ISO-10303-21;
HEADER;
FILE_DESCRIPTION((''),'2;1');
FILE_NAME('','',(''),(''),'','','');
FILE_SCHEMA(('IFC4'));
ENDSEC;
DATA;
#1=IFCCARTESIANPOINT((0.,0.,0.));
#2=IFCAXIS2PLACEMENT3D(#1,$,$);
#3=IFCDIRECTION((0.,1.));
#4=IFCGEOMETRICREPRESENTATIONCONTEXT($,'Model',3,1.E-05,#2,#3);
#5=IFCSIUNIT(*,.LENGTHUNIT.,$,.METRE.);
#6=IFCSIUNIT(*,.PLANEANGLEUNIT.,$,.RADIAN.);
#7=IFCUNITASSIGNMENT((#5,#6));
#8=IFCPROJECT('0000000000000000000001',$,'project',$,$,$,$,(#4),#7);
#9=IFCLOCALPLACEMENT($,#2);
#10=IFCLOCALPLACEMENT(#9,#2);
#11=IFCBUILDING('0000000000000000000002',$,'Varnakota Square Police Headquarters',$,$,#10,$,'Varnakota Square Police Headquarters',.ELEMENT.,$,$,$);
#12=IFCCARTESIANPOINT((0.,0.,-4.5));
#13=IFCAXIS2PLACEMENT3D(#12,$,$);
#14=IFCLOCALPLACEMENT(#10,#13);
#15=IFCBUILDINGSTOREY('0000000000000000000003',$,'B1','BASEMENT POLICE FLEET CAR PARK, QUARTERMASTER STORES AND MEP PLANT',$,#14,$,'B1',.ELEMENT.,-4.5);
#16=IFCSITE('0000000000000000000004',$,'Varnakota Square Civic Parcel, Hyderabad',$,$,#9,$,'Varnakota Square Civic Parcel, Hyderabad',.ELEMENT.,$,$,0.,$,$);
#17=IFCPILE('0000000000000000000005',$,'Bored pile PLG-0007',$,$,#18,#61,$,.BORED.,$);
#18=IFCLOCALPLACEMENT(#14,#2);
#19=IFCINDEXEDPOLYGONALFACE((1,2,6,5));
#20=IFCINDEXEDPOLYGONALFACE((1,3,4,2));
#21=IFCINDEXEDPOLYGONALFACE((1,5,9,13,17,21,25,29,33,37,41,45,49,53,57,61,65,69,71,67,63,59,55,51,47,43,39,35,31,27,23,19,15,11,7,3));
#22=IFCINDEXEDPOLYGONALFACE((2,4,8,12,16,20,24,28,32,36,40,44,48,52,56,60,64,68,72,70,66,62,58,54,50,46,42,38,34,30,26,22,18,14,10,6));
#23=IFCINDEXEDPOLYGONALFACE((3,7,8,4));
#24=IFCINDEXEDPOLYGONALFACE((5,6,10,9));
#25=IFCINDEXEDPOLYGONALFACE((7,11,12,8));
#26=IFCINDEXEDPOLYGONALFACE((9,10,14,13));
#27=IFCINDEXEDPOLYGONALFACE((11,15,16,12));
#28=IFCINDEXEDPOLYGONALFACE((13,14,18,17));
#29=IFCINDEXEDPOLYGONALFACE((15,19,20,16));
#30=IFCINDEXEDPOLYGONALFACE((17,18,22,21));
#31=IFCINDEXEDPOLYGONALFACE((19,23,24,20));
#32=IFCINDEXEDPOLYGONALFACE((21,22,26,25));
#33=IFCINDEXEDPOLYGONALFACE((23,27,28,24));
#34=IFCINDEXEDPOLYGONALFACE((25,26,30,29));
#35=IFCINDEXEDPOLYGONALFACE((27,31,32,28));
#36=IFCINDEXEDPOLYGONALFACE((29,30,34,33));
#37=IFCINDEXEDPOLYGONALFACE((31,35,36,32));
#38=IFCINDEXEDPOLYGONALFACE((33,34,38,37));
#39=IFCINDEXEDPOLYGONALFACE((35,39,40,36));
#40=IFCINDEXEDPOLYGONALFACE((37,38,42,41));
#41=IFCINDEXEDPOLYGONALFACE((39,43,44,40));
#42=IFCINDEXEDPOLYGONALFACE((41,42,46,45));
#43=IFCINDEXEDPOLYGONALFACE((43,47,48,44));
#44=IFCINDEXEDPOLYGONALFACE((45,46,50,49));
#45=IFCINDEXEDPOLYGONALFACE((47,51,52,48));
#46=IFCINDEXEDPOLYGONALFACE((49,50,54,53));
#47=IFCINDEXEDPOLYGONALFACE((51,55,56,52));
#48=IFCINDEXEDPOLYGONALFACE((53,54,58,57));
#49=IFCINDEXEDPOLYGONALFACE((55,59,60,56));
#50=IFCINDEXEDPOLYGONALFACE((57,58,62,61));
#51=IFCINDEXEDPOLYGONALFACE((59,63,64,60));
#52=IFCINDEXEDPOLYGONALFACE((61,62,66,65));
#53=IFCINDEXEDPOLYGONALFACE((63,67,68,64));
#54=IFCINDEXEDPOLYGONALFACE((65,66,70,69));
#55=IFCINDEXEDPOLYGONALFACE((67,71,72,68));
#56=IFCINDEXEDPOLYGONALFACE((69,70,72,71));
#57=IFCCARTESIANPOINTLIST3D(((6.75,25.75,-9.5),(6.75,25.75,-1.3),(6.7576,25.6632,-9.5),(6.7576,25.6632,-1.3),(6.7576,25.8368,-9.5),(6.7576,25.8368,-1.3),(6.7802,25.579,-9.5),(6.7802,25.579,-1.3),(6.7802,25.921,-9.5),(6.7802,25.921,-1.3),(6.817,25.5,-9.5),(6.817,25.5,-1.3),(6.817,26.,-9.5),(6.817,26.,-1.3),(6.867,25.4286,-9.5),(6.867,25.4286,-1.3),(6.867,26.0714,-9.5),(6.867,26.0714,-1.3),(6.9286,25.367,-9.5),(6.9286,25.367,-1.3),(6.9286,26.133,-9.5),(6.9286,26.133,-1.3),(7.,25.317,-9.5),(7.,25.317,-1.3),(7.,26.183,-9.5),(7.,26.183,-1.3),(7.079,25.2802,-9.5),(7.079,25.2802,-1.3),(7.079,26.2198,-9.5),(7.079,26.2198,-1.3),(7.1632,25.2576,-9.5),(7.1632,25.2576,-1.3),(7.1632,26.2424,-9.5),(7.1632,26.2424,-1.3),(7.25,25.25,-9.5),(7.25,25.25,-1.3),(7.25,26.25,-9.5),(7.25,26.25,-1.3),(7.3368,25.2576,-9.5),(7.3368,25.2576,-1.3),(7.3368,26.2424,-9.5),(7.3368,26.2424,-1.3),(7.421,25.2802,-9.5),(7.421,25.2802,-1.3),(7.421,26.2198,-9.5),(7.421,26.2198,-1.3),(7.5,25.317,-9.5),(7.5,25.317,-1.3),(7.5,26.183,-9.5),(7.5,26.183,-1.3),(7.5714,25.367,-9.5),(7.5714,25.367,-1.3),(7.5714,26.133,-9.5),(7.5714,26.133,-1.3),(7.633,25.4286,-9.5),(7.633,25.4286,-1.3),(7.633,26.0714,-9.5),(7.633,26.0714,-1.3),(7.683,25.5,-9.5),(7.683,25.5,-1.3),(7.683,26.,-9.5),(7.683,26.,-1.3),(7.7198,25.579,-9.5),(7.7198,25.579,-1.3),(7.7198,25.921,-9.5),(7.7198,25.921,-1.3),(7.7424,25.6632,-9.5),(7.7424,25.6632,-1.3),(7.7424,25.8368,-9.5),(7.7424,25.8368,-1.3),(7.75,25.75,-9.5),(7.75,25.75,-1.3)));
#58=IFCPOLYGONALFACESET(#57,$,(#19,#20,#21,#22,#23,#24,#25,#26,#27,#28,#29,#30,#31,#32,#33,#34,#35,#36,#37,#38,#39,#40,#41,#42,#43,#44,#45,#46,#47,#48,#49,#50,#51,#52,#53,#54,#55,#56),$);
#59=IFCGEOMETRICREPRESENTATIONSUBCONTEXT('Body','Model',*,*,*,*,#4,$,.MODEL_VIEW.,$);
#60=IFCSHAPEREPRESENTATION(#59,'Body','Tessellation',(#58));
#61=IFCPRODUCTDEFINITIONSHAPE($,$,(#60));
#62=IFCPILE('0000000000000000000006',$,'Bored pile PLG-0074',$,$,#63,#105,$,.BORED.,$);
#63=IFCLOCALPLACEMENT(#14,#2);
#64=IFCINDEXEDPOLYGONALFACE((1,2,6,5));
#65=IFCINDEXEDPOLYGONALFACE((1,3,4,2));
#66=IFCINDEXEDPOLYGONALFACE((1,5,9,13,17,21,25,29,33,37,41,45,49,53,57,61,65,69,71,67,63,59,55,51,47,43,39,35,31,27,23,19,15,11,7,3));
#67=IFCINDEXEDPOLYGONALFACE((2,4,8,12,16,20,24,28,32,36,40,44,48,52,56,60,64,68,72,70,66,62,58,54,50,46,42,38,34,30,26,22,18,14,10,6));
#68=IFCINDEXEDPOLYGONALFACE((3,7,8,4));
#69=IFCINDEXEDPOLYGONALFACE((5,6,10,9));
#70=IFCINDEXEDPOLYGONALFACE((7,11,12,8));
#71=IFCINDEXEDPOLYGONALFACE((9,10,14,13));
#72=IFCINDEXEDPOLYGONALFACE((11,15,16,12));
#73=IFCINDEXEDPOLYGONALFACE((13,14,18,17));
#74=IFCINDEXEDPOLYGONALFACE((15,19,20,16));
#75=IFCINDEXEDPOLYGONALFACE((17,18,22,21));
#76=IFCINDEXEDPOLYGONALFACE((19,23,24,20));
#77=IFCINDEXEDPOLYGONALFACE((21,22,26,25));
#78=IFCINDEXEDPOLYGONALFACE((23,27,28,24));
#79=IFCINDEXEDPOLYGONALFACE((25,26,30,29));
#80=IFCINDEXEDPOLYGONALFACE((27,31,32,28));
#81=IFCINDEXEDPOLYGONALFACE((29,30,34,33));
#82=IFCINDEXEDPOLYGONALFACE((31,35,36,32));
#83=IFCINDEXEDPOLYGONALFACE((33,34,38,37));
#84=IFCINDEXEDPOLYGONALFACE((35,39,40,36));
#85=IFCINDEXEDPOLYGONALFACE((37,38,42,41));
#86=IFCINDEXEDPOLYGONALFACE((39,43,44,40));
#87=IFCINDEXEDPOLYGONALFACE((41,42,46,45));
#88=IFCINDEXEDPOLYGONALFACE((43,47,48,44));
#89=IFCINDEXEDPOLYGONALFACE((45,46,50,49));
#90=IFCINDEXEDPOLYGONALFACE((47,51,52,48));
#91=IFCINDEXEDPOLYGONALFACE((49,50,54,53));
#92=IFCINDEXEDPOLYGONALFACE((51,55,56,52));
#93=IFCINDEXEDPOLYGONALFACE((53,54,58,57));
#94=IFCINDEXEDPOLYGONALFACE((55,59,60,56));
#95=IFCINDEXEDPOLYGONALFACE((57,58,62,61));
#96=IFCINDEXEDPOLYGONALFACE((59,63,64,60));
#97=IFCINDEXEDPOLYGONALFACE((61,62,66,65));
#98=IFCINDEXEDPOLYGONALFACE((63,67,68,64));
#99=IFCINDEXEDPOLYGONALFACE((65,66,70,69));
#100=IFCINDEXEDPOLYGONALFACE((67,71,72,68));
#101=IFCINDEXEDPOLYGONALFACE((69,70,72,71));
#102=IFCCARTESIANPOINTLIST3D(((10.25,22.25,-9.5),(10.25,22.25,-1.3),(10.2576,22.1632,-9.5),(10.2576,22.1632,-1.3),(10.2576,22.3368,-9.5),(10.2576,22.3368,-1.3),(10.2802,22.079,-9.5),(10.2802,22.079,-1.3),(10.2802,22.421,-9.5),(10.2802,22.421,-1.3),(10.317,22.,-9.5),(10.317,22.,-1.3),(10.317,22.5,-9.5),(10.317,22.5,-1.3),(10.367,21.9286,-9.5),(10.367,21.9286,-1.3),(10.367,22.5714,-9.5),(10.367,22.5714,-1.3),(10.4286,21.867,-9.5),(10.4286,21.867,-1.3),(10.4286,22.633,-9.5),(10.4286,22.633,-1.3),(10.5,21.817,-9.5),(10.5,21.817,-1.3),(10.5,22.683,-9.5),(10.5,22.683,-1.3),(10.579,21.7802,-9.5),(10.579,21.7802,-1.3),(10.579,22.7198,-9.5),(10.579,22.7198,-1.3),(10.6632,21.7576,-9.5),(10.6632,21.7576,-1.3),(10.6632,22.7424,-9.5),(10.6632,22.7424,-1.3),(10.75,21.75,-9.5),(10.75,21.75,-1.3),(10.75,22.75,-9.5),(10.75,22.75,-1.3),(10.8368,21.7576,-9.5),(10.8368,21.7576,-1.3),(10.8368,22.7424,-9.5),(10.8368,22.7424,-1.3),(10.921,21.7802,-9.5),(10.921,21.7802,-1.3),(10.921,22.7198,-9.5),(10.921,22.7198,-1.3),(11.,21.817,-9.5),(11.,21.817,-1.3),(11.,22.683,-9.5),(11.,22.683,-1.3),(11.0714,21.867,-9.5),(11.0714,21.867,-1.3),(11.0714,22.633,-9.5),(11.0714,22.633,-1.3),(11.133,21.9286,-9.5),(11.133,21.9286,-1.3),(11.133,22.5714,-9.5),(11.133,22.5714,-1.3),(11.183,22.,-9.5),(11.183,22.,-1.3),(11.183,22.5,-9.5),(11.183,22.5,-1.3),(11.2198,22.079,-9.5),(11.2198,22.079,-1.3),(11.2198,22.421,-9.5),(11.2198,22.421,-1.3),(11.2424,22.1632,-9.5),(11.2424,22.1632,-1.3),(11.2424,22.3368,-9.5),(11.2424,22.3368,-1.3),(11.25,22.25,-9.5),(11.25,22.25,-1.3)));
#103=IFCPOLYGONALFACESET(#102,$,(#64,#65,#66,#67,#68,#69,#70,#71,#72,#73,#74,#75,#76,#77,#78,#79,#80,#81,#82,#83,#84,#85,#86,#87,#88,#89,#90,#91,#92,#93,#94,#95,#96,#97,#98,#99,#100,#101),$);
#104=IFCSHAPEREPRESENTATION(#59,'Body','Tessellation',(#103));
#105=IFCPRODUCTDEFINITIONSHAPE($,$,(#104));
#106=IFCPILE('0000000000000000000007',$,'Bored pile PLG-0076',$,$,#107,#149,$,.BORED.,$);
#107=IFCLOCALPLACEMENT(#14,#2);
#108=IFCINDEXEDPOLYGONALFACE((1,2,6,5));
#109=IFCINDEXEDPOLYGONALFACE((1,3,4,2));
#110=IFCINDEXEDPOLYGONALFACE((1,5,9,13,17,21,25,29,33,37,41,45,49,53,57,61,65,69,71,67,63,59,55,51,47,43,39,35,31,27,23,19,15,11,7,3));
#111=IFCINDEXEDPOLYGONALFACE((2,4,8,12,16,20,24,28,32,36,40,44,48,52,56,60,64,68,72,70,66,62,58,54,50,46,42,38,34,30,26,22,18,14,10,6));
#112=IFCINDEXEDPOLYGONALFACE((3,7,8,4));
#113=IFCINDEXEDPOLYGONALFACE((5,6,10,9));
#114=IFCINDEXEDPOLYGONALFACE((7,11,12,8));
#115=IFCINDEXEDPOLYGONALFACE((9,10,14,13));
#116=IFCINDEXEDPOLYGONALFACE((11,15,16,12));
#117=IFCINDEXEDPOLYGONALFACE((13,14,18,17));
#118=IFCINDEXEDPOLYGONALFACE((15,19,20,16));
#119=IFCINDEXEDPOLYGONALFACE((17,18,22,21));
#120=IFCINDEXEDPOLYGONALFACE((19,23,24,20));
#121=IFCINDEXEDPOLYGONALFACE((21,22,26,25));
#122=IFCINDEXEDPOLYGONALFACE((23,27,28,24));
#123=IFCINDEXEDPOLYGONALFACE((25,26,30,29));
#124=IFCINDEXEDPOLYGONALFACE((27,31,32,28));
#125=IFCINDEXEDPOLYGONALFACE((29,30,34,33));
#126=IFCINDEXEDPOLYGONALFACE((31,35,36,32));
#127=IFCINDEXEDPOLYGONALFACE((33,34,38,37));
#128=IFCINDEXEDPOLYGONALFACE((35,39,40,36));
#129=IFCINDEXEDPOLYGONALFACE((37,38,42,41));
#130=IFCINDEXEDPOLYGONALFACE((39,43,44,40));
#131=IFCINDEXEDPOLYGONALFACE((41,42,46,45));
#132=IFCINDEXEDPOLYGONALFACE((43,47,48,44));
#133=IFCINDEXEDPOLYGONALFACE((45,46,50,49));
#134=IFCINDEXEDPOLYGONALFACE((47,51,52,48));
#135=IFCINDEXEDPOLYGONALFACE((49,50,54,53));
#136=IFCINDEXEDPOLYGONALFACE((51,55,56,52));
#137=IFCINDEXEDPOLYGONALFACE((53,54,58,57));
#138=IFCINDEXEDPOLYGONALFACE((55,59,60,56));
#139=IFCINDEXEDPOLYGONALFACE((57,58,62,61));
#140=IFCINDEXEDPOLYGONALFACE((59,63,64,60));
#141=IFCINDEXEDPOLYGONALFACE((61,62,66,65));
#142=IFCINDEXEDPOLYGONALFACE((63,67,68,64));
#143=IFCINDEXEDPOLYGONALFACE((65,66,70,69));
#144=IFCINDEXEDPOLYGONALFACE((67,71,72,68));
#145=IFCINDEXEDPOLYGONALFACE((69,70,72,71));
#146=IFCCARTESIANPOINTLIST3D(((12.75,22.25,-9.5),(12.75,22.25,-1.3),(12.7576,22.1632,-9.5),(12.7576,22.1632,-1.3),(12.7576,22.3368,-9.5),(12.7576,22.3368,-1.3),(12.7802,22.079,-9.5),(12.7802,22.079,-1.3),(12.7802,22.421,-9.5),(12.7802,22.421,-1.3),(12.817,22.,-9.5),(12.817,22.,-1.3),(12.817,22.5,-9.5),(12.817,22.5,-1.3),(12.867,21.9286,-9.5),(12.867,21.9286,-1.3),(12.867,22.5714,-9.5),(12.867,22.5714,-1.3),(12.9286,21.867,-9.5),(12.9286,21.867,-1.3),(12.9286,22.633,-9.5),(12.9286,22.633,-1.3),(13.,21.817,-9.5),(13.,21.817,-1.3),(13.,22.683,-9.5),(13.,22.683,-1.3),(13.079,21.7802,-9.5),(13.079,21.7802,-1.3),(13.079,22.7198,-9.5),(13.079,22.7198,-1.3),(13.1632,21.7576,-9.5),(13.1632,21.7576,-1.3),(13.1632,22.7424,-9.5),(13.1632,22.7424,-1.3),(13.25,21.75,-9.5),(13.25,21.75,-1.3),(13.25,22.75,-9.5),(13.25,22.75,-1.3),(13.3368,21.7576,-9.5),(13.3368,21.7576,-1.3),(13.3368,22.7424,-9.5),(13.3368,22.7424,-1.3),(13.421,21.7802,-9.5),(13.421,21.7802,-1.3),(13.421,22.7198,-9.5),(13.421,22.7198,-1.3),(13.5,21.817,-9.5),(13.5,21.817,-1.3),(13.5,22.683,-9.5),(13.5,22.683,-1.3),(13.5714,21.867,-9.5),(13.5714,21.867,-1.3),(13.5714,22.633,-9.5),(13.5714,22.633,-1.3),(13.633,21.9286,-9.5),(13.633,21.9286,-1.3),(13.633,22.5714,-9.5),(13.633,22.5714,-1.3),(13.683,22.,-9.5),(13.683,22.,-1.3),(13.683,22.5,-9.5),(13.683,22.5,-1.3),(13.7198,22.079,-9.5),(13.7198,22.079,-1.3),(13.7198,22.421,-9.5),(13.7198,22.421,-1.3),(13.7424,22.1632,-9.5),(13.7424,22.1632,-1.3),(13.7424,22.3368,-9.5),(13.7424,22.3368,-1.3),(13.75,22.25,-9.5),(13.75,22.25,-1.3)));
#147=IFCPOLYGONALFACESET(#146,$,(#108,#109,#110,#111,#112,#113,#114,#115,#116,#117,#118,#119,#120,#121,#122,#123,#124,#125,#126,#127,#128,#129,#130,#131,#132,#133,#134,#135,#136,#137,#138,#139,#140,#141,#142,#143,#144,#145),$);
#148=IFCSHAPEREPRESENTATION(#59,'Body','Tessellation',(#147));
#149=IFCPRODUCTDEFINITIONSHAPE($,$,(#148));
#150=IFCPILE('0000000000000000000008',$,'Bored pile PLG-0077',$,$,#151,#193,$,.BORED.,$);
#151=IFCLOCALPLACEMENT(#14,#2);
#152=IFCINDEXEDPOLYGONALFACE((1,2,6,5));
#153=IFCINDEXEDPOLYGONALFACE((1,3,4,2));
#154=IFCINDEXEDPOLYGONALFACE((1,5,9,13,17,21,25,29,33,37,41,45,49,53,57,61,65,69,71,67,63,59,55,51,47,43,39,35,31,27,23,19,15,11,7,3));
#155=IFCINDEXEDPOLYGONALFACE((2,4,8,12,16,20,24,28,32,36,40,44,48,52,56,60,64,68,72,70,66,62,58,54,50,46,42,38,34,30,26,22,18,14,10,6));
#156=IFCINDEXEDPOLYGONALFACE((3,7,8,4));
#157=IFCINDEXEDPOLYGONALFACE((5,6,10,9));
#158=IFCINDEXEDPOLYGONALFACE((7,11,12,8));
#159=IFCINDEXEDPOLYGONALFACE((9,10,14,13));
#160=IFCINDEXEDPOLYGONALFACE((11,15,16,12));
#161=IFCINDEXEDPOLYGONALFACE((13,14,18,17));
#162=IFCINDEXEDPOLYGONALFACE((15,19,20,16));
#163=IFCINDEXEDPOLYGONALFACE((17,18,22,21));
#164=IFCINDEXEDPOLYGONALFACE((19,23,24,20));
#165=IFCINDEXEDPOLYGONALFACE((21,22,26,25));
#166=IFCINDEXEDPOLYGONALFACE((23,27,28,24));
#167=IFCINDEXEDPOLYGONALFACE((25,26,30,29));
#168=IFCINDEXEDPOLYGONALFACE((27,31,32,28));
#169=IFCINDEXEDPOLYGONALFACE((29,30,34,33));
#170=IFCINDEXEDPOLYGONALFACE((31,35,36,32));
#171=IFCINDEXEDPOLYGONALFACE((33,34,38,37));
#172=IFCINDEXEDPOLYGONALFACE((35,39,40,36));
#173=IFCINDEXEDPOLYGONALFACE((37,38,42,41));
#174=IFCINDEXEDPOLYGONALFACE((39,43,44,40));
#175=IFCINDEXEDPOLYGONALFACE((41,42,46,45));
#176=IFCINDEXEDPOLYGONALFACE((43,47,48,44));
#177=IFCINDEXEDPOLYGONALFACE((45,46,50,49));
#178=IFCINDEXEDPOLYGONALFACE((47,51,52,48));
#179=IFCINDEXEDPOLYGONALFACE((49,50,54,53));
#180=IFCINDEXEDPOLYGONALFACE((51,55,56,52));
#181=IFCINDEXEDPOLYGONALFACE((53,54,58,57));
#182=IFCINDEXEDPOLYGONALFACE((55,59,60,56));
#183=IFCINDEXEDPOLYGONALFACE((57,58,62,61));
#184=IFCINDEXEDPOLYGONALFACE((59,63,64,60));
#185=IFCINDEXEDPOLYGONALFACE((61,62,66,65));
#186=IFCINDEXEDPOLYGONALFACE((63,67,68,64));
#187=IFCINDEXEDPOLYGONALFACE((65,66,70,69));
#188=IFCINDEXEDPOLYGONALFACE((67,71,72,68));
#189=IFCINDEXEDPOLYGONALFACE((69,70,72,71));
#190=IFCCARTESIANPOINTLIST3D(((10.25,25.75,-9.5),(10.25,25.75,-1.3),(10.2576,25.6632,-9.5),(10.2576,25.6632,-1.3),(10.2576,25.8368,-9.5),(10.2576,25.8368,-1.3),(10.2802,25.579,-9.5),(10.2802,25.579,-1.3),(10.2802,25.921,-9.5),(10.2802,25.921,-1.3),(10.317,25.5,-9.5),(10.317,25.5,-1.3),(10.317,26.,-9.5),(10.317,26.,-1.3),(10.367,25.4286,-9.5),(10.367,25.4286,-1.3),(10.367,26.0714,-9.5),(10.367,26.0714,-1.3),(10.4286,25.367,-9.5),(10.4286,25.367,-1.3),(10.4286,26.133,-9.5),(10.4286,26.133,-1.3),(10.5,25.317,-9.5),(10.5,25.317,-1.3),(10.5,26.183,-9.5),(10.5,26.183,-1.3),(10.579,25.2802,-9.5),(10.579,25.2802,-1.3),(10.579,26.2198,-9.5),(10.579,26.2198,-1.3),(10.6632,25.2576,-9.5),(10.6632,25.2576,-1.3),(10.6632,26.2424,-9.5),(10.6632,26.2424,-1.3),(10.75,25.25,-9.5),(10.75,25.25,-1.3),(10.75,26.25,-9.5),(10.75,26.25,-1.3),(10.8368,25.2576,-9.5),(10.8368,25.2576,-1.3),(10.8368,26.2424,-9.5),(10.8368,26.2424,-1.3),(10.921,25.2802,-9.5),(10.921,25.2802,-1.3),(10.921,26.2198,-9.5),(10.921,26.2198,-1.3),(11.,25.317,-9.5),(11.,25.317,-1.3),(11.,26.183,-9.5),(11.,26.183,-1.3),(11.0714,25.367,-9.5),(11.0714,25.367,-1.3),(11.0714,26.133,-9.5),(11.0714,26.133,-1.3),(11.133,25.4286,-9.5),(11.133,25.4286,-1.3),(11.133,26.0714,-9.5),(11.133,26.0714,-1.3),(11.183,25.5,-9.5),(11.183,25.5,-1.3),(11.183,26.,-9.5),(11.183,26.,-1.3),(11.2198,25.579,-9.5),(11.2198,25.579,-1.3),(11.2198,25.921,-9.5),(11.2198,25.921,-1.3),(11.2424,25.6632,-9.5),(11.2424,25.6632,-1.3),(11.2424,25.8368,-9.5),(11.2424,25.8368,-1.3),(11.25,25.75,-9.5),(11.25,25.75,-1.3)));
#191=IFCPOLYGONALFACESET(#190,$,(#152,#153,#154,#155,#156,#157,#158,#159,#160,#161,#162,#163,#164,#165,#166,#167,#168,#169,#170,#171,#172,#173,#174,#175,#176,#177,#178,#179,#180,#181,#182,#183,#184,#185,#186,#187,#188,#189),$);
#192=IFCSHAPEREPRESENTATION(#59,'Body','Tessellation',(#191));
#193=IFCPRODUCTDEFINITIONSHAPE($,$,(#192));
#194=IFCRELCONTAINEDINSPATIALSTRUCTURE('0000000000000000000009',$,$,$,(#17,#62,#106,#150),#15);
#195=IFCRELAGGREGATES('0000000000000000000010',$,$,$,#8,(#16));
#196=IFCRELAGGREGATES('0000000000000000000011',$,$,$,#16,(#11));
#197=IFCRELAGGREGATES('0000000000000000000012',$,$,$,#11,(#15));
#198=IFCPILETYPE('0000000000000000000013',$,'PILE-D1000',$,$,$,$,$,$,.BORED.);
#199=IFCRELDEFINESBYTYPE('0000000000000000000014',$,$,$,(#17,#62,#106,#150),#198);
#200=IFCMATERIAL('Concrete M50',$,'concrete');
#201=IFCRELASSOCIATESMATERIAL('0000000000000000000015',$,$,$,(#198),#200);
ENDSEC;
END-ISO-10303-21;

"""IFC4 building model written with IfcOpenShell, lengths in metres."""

from ifc_helpers import new_model, si_unit, direction, frame, origin, origin_2d, place, context, subcontext, project, spatial, circle, extrude, material, material_profile, profile_set, type_object, element, save


model = new_model("IFC4")

# Units and contexts
model_context = context("Model", 3, precision=1e-05, world=origin(), true_north=direction((0.0, 1.0)))
body_context = subcontext(model_context, "Body", "Model", "MODEL_VIEW")
ifc_project = project(units=[si_unit("LENGTHUNIT", "METRE"), si_unit("PLANEANGLEUNIT", "RADIAN")], contexts=[model_context])

# Site, building, storey
site_placement = place(None, origin())
site = spatial("IfcSite", under=ifc_project, at=site_placement, Name="Varnakota Square Civic Parcel, Hyderabad", LongName="Varnakota Square Civic Parcel, Hyderabad", CompositionType="ELEMENT", RefElevation=0.0)
building_placement = place(site_placement, origin())
building = spatial("IfcBuilding", under=site, at=building_placement, Name="Varnakota Square Police Headquarters", LongName="Varnakota Square Police Headquarters", CompositionType="ELEMENT")
storey_placement = place(building_placement, frame((0.0, 0.0, -4.5)))
storey = spatial("IfcBuildingStorey", under=building, at=storey_placement, Name="B1", Description="BASEMENT POLICE FLEET CAR PARK, QUARTERMASTER STORES AND MEP PLANT", LongName="B1", CompositionType="ELEMENT", Elevation=-4.5)

# Shared definitions
ifc_material_1 = material(Name="Concrete M50", Category="concrete")

# Piles
ifc_material_profile_1 = material_profile(ifc_material_1, circle(Radius=0.5, at=origin_2d()), Name="BORED PILE 1000")
ifc_profile_set_1 = profile_set([ifc_material_profile_1], Name="Concrete M50")
pile_type = type_object("IfcPileType", Name="PILE-D1000", PredefinedType="BORED", material=ifc_profile_set_1)
for number, where, z_axis, x_axis, name in (
    (1, (7.25, 25.75, -1.3), (0.0, 0.0, -1.0), (1.0, 0.0, 0.0), "Bored pile PLG-0007"),
    (2, (10.75, 22.25, -1.3), (0.0, 0.0, -1.0), (1.0, 0.0, 0.0), "Bored pile PLG-0074"),
    (3, (13.25, 22.25, -1.3), (0.0, 0.0, -1.0), (1.0, 0.0, 0.0), "Bored pile PLG-0076"),
    (4, (10.75, 25.75, -1.3), (0.0, 0.0, -1.0), (1.0, 0.0, 0.0), "Bored pile PLG-0077"),
):
    element("IfcPile", number, at=place(storey_placement, frame(where, z_axis=z_axis, x_axis=x_axis)), inside=storey, type_object=pile_type, Name=name, PredefinedType="BORED", context=body_context, shape_type="SweptSolid", body=[
        extrude(circle(Radius=0.5, at=origin_2d()), origin(), (0.0, 0.0, 1.0), 8.2),
    ])

save(model, "model.ifc")
